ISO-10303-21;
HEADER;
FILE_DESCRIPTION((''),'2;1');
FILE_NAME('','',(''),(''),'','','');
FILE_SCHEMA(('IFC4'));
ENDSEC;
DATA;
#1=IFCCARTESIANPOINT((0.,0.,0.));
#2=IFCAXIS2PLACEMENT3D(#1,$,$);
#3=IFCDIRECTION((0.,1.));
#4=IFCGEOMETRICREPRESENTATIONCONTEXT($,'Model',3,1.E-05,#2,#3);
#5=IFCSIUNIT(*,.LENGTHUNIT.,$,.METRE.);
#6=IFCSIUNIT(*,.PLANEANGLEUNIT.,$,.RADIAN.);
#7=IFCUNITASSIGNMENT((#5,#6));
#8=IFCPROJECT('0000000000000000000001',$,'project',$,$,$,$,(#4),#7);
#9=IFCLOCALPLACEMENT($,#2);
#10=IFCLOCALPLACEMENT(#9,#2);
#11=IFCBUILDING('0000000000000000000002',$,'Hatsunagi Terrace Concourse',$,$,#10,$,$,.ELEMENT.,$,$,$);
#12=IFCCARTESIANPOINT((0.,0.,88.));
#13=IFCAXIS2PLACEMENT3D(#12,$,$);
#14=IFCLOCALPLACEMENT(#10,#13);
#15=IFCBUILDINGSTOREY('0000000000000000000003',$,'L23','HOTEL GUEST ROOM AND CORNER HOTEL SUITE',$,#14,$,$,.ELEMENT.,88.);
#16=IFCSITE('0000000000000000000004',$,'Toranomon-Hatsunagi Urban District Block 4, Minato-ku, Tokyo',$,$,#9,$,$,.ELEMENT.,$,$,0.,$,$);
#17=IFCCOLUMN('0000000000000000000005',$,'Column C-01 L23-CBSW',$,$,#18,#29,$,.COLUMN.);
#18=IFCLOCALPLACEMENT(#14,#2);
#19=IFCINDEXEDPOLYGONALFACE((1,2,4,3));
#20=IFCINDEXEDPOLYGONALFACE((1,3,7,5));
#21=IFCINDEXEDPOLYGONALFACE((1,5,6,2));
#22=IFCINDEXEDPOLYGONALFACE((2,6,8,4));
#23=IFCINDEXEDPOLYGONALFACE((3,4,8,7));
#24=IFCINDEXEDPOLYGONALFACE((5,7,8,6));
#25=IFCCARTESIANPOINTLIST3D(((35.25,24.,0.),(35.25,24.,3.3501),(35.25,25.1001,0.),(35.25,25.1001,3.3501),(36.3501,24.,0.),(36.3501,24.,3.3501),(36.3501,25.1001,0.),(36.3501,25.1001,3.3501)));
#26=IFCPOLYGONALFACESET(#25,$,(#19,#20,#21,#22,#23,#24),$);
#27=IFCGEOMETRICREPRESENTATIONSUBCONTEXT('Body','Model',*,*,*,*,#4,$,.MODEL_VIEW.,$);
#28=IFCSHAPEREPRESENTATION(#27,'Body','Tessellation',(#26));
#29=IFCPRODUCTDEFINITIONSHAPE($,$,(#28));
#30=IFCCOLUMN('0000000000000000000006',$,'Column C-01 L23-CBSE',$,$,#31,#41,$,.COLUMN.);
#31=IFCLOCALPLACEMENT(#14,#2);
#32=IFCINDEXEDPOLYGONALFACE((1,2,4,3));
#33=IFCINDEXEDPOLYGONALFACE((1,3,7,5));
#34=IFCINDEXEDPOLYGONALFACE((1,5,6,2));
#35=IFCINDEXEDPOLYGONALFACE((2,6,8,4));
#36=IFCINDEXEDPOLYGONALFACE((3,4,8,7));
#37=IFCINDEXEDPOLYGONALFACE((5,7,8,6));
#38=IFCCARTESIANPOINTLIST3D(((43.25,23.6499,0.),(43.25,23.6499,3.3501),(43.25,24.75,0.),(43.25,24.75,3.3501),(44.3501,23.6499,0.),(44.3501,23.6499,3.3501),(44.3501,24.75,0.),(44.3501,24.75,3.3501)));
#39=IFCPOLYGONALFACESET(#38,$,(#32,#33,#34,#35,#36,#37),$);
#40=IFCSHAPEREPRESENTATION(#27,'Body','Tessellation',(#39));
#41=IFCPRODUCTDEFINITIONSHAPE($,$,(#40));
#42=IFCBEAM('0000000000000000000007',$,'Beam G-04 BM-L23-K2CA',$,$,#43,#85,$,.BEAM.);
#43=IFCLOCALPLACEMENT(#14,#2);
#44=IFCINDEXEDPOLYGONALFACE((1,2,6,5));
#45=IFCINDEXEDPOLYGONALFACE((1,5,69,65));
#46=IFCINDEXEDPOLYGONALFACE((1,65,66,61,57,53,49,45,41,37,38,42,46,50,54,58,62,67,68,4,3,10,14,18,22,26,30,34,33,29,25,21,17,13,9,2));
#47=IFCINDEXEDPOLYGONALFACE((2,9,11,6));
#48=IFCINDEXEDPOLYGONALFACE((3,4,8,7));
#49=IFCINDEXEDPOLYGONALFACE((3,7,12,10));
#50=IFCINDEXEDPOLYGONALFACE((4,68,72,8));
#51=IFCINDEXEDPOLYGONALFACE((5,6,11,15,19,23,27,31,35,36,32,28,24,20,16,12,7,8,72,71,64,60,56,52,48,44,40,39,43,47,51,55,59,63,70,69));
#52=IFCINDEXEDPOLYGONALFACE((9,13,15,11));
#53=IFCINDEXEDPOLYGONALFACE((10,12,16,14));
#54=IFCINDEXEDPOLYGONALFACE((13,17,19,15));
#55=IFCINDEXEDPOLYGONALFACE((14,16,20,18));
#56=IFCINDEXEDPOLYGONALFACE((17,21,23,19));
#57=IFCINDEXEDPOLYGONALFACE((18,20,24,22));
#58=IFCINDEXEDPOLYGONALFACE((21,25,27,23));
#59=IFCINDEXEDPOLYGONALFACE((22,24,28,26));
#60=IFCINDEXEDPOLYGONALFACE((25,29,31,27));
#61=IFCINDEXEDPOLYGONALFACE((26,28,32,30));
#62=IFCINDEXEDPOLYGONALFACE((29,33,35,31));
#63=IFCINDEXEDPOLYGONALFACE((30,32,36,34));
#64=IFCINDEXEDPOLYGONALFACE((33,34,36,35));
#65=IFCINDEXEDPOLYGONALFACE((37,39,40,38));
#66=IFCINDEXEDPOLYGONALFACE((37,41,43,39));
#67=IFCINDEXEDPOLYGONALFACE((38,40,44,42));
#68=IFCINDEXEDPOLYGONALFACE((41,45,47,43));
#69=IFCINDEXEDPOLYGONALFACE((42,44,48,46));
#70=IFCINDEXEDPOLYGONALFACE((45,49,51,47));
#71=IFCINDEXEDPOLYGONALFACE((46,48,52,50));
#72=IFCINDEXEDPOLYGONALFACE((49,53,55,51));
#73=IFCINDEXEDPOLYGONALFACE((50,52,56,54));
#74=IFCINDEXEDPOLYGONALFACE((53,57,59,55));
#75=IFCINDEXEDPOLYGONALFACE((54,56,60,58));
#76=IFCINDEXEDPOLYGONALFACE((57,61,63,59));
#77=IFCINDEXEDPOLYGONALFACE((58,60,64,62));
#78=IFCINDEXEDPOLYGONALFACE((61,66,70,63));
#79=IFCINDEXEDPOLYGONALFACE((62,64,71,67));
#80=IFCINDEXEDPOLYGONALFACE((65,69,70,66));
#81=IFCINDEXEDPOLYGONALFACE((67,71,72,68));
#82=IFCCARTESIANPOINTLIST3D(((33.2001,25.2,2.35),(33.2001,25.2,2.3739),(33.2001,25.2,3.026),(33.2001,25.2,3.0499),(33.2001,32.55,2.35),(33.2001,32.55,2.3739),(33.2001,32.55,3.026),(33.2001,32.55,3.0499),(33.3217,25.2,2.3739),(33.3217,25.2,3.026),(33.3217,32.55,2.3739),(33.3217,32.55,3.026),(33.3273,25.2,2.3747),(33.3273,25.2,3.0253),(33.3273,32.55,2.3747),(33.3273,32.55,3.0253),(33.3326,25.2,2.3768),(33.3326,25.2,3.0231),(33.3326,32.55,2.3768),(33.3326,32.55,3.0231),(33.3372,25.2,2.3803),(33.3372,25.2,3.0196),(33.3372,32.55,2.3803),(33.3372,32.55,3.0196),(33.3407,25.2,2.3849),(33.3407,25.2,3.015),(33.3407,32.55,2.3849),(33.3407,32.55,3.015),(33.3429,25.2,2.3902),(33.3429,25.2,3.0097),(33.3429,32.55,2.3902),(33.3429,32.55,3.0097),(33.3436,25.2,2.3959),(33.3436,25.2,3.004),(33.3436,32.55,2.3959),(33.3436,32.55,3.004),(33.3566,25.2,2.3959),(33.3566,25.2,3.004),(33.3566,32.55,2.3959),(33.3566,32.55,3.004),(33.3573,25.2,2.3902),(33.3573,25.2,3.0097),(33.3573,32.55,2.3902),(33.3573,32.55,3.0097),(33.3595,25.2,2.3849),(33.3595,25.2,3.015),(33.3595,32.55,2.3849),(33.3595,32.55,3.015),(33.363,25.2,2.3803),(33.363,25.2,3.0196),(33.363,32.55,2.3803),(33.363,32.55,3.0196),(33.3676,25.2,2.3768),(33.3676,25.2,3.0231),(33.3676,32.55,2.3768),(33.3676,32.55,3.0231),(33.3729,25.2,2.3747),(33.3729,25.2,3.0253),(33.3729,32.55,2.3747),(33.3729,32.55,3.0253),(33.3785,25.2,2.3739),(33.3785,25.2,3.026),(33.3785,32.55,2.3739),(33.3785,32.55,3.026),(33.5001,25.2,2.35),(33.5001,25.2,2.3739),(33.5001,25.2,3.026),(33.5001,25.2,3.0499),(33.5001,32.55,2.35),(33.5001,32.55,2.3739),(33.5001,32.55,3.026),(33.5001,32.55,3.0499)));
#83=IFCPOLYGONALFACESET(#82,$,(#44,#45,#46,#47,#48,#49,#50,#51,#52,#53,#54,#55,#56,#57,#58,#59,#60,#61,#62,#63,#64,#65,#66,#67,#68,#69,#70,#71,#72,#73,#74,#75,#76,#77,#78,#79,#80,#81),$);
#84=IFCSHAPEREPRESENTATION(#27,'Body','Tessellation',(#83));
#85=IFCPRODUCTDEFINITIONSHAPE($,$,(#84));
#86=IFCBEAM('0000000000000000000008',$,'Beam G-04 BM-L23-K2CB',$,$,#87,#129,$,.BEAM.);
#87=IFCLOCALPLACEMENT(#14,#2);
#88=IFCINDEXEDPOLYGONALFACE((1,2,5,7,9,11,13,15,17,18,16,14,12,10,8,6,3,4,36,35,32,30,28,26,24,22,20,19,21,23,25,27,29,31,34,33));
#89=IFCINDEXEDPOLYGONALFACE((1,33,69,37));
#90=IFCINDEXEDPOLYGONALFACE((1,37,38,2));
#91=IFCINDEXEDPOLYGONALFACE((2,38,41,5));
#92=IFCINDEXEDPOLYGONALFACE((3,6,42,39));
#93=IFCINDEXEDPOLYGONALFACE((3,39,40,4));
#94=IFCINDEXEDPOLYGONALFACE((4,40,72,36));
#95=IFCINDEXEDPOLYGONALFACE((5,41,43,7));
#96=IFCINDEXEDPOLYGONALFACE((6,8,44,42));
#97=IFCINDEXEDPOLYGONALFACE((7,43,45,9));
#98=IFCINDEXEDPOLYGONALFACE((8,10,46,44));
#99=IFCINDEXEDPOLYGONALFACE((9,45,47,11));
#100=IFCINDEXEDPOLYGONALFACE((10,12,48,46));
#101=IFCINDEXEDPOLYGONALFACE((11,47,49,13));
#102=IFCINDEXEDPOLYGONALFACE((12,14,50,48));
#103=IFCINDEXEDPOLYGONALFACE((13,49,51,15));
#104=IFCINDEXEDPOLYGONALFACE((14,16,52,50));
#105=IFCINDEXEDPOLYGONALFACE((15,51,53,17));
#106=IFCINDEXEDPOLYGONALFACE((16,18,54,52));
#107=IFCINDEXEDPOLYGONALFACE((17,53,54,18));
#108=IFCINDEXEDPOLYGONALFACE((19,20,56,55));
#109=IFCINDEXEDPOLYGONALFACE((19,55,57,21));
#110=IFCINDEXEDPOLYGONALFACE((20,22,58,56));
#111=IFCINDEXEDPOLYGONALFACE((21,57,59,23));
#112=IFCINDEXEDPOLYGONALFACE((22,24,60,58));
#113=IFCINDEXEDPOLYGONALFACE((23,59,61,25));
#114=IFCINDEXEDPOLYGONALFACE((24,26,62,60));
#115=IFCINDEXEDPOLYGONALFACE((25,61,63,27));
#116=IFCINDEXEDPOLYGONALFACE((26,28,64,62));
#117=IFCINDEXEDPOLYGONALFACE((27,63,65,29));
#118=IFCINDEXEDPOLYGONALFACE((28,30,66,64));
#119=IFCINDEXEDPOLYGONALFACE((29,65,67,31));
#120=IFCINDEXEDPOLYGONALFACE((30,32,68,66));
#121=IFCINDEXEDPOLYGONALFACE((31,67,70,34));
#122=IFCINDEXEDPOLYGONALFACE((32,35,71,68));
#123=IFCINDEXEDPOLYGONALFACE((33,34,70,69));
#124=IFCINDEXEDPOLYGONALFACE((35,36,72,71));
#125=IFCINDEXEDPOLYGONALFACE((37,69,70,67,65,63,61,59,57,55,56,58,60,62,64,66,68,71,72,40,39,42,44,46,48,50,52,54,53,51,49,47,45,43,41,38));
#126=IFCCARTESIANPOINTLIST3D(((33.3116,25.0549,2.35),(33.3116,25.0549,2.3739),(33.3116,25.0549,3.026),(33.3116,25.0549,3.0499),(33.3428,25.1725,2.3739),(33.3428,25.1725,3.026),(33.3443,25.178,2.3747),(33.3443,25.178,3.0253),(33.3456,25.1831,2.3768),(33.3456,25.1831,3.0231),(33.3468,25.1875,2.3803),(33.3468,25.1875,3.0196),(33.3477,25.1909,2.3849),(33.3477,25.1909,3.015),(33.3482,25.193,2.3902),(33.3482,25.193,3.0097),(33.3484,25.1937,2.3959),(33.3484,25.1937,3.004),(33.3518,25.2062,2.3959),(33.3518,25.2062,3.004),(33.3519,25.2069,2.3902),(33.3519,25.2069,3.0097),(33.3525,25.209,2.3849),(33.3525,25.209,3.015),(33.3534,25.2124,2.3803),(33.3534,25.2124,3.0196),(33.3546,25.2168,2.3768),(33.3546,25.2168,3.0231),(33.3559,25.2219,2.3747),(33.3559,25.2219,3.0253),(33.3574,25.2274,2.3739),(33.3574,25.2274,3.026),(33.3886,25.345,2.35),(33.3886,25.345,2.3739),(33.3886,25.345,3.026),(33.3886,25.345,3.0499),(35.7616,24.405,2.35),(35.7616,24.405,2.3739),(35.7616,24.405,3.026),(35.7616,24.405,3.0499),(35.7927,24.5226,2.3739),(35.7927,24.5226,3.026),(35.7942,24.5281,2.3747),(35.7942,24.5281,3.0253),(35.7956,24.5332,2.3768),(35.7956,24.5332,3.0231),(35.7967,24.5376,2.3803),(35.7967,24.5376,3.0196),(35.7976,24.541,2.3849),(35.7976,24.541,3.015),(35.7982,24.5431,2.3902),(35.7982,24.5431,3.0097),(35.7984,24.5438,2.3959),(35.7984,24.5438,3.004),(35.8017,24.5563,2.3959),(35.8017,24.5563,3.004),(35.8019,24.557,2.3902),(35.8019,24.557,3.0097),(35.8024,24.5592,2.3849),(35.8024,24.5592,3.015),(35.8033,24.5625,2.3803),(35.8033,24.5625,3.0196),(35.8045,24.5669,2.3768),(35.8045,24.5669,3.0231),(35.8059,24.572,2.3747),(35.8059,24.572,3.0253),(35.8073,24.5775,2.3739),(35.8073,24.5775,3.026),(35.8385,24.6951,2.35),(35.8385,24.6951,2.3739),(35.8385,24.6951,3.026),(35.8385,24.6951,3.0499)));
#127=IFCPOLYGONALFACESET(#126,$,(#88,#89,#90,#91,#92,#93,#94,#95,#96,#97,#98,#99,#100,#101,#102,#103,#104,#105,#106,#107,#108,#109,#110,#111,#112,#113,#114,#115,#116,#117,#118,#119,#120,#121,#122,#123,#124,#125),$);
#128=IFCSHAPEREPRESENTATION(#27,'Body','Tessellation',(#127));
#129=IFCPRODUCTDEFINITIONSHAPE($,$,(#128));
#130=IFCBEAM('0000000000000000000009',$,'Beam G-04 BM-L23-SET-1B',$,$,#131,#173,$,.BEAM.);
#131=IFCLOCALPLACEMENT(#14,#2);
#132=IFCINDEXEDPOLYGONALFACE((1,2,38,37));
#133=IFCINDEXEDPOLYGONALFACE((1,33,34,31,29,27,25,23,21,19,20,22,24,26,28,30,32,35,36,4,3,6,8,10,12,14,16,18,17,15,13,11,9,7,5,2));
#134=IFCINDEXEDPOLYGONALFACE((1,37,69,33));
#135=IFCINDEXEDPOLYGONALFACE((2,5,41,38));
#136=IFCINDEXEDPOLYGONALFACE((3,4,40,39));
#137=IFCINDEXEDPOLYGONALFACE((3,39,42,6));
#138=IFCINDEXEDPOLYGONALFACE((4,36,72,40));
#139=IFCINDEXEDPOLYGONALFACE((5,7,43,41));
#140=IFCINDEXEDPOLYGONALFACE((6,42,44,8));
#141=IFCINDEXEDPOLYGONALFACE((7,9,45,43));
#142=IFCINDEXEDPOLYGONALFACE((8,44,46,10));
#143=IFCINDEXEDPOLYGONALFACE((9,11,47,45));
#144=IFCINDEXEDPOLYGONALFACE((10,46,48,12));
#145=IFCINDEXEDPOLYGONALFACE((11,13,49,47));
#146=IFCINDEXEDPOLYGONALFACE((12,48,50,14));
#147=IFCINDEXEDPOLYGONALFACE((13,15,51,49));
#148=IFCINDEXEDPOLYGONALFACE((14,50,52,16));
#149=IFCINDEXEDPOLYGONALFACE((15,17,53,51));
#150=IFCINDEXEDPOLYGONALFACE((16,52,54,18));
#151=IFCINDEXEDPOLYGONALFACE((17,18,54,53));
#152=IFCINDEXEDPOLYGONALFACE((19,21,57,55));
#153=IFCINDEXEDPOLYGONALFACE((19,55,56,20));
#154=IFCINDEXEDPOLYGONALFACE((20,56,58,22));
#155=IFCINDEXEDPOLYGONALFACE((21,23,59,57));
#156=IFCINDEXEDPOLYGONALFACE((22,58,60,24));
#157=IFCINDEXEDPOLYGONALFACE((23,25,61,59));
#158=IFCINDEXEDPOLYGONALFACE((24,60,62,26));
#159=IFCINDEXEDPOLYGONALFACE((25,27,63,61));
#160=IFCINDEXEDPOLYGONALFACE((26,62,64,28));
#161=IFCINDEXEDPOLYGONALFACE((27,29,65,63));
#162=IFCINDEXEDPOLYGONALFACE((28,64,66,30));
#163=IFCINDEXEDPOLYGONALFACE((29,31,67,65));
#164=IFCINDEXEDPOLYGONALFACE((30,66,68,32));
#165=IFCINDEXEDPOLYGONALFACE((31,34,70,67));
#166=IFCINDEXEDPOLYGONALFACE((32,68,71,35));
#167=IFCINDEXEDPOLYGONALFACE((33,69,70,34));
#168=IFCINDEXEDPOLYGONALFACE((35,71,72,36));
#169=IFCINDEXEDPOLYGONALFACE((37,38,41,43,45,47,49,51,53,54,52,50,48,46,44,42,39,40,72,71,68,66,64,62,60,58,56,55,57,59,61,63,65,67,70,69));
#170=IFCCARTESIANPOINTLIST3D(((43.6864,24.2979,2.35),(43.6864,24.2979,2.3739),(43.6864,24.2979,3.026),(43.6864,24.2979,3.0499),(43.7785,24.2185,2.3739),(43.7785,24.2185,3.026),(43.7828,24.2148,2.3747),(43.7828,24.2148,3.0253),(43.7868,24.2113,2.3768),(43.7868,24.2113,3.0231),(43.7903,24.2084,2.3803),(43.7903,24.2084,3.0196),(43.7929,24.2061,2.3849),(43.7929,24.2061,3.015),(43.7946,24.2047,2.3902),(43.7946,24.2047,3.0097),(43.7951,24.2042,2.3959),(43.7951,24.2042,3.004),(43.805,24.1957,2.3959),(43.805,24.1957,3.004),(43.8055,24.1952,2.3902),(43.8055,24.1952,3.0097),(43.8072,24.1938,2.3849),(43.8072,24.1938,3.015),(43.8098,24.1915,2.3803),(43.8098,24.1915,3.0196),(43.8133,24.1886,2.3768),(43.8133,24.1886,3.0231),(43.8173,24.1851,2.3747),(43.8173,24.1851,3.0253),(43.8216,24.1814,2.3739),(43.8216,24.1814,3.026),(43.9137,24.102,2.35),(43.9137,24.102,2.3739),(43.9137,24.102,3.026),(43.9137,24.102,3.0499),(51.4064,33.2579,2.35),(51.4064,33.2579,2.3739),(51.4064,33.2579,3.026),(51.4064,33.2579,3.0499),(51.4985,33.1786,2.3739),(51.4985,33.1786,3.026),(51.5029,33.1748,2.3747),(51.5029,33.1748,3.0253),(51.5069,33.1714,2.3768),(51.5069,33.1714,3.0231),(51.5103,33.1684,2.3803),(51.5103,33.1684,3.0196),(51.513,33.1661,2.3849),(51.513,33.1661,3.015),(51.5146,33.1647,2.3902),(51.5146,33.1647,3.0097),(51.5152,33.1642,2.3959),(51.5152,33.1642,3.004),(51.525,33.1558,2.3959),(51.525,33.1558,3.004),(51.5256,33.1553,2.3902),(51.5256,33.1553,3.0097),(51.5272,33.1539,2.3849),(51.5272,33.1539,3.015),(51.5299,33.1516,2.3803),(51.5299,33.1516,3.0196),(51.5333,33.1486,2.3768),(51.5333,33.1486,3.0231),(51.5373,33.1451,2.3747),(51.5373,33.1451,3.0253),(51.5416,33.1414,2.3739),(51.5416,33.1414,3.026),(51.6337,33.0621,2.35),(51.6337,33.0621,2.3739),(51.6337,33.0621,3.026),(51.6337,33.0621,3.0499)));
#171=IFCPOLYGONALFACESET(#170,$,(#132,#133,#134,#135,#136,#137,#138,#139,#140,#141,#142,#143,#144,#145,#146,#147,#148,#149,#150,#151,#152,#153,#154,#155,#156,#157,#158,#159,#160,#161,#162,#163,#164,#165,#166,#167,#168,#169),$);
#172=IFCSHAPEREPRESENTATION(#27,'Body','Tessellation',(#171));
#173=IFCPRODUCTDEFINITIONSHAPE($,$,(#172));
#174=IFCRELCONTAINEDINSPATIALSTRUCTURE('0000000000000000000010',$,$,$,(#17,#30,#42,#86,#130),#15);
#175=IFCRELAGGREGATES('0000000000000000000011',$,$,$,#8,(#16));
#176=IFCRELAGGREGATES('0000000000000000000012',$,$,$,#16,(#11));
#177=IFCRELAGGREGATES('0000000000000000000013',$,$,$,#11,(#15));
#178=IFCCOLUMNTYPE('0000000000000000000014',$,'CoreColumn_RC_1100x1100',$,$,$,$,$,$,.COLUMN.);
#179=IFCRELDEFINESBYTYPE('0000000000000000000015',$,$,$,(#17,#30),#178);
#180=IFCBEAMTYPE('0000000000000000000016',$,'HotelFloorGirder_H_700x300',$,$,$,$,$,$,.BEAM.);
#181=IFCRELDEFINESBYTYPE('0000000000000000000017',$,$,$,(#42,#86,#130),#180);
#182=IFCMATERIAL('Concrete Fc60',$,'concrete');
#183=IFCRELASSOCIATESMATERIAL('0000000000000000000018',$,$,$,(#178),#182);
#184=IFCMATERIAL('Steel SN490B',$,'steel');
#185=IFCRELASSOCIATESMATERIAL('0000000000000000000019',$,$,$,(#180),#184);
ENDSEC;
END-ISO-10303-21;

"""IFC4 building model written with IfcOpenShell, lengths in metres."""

from ifc_helpers import new_model, si_unit, direction, frame, origin, origin_2d, place, context, subcontext, project, spatial, rectangle, i_section, extrude, material, material_profile, profile_set, type_object, element, save


model = new_model("IFC4")

# Units and contexts
model_context = context("Model", 3, precision=1e-05, world=origin(), true_north=direction((0.0, 1.0)))
body_context = subcontext(model_context, "Body", "Model", "MODEL_VIEW")
ifc_project = project(units=[si_unit("LENGTHUNIT", "METRE"), si_unit("PLANEANGLEUNIT", "RADIAN")], contexts=[model_context])

# Site, building, storey
site_placement = place(None, origin())
site = spatial("IfcSite", under=ifc_project, at=site_placement, Name="Toranomon-Hatsunagi Urban District Block 4, Minato-ku, Tokyo", CompositionType="ELEMENT", RefElevation=0.0)
building_placement = place(site_placement, origin())
building = spatial("IfcBuilding", under=site, at=building_placement, Name="Hatsunagi Terrace Concourse", CompositionType="ELEMENT")
storey_placement = place(building_placement, frame((0.0, 0.0, 88.0)))
storey = spatial("IfcBuildingStorey", under=building, at=storey_placement, Name="L23", Description="HOTEL GUEST ROOM AND CORNER HOTEL SUITE", CompositionType="ELEMENT", Elevation=88.0)

# Columns
ifc_material_1 = material(Name="Concrete Fc60", Category="concrete")
ifc_material_profile_1 = material_profile(ifc_material_1, rectangle(XDim=1.1001, YDim=1.1001, at=origin_2d()), Name="RC-1100x1100")
ifc_profile_set_1 = profile_set([ifc_material_profile_1], Name="Concrete Fc60")
column_type = type_object("IfcColumnType", Name="CoreColumn_RC_1100x1100", PredefinedType="COLUMN", material=ifc_profile_set_1)
for number, where, z_axis, x_axis, name in (
    (1, (35.8, 24.55, 0.0), (0.0, 0.0, 1.0), (1.0, 0.0, 0.0), "Column C-01 L23-CBSW"),
    (2, (43.8, 24.2, 0.0), (0.0, 0.0, 1.0), (1.0, 0.0, 0.0), "Column C-01 L23-CBSE"),
):
    element("IfcColumn", number, at=place(storey_placement, frame(where, z_axis=z_axis, x_axis=x_axis)), inside=storey, type_object=column_type, Name=name, PredefinedType="COLUMN", context=body_context, shape_type="SweptSolid", body=[
        extrude(rectangle(XDim=1.1001, YDim=1.1001, at=origin_2d()), origin(), (0.0, 0.0, 1.0), 3.3501),
    ])

# Beams
ifc_material_2 = material(Name="Steel SN490B", Category="steel")
ifc_material_profile_2 = material_profile(ifc_material_2, i_section(OverallWidth=0.3, OverallDepth=0.7, WebThickness=0.0129, FlangeThickness=0.0239, FilletRadius=0.022, at=origin_2d()), Name="H-700x300x13x24")
ifc_profile_set_2 = profile_set([ifc_material_profile_2], Name="Steel SN490B")
beam_type_1 = type_object("IfcBeamType", Name="HotelFloorGirder_H_700x300", PredefinedType="BEAM", material=ifc_profile_set_2)
beam_1_placement = place(storey_placement, frame((33.3501, 25.2, 2.7), z_axis=(0.0, 1.0, 0.0), x_axis=(-1.0, 0.0, 0.0)))
element("IfcBeam", 3, at=beam_1_placement, inside=storey, type_object=beam_type_1, Name="Beam G-04 BM-L23-K2CA", PredefinedType="BEAM", context=body_context, shape_type="SweptSolid", body=[
    extrude(i_section(OverallWidth=0.3, OverallDepth=0.7, WebThickness=0.0129, FlangeThickness=0.0239, FilletRadius=0.022, at=origin_2d()), origin(), (0.0, 0.0, 1.0), 7.3501),
])
beam_2_placement = place(storey_placement, frame((33.3501, 25.2, 2.7), z_axis=(0.96657, -0.256403, 0.0), x_axis=(0.256403, 0.96657, 0.0)))
element("IfcBeam", 4, at=beam_2_placement, inside=storey, type_object=beam_type_1, Name="Beam G-04 BM-L23-K2CB", PredefinedType="BEAM", context=body_context, shape_type="SweptSolid", body=[
    extrude(i_section(OverallWidth=0.3, OverallDepth=0.7, WebThickness=0.0129, FlangeThickness=0.0239, FilletRadius=0.022, at=origin_2d()), origin(), (0.0, 0.0, 1.0), 2.5347),
])
beam_3_placement = place(storey_placement, frame((43.8, 24.2, 2.7), z_axis=(0.652739, 0.757583, 0.0), x_axis=(-0.757583, 0.652739, 0.0)))
element("IfcBeam", 5, at=beam_3_placement, inside=storey, type_object=beam_type_1, Name="Beam G-04 BM-L23-SET-1B", PredefinedType="BEAM", context=body_context, shape_type="SweptSolid", body=[
    extrude(i_section(OverallWidth=0.3, OverallDepth=0.7, WebThickness=0.0129, FlangeThickness=0.0239, FilletRadius=0.022, at=origin_2d()), origin(), (0.0, 0.0, 1.0), 11.8271),
])

save(model, "model.ifc")
